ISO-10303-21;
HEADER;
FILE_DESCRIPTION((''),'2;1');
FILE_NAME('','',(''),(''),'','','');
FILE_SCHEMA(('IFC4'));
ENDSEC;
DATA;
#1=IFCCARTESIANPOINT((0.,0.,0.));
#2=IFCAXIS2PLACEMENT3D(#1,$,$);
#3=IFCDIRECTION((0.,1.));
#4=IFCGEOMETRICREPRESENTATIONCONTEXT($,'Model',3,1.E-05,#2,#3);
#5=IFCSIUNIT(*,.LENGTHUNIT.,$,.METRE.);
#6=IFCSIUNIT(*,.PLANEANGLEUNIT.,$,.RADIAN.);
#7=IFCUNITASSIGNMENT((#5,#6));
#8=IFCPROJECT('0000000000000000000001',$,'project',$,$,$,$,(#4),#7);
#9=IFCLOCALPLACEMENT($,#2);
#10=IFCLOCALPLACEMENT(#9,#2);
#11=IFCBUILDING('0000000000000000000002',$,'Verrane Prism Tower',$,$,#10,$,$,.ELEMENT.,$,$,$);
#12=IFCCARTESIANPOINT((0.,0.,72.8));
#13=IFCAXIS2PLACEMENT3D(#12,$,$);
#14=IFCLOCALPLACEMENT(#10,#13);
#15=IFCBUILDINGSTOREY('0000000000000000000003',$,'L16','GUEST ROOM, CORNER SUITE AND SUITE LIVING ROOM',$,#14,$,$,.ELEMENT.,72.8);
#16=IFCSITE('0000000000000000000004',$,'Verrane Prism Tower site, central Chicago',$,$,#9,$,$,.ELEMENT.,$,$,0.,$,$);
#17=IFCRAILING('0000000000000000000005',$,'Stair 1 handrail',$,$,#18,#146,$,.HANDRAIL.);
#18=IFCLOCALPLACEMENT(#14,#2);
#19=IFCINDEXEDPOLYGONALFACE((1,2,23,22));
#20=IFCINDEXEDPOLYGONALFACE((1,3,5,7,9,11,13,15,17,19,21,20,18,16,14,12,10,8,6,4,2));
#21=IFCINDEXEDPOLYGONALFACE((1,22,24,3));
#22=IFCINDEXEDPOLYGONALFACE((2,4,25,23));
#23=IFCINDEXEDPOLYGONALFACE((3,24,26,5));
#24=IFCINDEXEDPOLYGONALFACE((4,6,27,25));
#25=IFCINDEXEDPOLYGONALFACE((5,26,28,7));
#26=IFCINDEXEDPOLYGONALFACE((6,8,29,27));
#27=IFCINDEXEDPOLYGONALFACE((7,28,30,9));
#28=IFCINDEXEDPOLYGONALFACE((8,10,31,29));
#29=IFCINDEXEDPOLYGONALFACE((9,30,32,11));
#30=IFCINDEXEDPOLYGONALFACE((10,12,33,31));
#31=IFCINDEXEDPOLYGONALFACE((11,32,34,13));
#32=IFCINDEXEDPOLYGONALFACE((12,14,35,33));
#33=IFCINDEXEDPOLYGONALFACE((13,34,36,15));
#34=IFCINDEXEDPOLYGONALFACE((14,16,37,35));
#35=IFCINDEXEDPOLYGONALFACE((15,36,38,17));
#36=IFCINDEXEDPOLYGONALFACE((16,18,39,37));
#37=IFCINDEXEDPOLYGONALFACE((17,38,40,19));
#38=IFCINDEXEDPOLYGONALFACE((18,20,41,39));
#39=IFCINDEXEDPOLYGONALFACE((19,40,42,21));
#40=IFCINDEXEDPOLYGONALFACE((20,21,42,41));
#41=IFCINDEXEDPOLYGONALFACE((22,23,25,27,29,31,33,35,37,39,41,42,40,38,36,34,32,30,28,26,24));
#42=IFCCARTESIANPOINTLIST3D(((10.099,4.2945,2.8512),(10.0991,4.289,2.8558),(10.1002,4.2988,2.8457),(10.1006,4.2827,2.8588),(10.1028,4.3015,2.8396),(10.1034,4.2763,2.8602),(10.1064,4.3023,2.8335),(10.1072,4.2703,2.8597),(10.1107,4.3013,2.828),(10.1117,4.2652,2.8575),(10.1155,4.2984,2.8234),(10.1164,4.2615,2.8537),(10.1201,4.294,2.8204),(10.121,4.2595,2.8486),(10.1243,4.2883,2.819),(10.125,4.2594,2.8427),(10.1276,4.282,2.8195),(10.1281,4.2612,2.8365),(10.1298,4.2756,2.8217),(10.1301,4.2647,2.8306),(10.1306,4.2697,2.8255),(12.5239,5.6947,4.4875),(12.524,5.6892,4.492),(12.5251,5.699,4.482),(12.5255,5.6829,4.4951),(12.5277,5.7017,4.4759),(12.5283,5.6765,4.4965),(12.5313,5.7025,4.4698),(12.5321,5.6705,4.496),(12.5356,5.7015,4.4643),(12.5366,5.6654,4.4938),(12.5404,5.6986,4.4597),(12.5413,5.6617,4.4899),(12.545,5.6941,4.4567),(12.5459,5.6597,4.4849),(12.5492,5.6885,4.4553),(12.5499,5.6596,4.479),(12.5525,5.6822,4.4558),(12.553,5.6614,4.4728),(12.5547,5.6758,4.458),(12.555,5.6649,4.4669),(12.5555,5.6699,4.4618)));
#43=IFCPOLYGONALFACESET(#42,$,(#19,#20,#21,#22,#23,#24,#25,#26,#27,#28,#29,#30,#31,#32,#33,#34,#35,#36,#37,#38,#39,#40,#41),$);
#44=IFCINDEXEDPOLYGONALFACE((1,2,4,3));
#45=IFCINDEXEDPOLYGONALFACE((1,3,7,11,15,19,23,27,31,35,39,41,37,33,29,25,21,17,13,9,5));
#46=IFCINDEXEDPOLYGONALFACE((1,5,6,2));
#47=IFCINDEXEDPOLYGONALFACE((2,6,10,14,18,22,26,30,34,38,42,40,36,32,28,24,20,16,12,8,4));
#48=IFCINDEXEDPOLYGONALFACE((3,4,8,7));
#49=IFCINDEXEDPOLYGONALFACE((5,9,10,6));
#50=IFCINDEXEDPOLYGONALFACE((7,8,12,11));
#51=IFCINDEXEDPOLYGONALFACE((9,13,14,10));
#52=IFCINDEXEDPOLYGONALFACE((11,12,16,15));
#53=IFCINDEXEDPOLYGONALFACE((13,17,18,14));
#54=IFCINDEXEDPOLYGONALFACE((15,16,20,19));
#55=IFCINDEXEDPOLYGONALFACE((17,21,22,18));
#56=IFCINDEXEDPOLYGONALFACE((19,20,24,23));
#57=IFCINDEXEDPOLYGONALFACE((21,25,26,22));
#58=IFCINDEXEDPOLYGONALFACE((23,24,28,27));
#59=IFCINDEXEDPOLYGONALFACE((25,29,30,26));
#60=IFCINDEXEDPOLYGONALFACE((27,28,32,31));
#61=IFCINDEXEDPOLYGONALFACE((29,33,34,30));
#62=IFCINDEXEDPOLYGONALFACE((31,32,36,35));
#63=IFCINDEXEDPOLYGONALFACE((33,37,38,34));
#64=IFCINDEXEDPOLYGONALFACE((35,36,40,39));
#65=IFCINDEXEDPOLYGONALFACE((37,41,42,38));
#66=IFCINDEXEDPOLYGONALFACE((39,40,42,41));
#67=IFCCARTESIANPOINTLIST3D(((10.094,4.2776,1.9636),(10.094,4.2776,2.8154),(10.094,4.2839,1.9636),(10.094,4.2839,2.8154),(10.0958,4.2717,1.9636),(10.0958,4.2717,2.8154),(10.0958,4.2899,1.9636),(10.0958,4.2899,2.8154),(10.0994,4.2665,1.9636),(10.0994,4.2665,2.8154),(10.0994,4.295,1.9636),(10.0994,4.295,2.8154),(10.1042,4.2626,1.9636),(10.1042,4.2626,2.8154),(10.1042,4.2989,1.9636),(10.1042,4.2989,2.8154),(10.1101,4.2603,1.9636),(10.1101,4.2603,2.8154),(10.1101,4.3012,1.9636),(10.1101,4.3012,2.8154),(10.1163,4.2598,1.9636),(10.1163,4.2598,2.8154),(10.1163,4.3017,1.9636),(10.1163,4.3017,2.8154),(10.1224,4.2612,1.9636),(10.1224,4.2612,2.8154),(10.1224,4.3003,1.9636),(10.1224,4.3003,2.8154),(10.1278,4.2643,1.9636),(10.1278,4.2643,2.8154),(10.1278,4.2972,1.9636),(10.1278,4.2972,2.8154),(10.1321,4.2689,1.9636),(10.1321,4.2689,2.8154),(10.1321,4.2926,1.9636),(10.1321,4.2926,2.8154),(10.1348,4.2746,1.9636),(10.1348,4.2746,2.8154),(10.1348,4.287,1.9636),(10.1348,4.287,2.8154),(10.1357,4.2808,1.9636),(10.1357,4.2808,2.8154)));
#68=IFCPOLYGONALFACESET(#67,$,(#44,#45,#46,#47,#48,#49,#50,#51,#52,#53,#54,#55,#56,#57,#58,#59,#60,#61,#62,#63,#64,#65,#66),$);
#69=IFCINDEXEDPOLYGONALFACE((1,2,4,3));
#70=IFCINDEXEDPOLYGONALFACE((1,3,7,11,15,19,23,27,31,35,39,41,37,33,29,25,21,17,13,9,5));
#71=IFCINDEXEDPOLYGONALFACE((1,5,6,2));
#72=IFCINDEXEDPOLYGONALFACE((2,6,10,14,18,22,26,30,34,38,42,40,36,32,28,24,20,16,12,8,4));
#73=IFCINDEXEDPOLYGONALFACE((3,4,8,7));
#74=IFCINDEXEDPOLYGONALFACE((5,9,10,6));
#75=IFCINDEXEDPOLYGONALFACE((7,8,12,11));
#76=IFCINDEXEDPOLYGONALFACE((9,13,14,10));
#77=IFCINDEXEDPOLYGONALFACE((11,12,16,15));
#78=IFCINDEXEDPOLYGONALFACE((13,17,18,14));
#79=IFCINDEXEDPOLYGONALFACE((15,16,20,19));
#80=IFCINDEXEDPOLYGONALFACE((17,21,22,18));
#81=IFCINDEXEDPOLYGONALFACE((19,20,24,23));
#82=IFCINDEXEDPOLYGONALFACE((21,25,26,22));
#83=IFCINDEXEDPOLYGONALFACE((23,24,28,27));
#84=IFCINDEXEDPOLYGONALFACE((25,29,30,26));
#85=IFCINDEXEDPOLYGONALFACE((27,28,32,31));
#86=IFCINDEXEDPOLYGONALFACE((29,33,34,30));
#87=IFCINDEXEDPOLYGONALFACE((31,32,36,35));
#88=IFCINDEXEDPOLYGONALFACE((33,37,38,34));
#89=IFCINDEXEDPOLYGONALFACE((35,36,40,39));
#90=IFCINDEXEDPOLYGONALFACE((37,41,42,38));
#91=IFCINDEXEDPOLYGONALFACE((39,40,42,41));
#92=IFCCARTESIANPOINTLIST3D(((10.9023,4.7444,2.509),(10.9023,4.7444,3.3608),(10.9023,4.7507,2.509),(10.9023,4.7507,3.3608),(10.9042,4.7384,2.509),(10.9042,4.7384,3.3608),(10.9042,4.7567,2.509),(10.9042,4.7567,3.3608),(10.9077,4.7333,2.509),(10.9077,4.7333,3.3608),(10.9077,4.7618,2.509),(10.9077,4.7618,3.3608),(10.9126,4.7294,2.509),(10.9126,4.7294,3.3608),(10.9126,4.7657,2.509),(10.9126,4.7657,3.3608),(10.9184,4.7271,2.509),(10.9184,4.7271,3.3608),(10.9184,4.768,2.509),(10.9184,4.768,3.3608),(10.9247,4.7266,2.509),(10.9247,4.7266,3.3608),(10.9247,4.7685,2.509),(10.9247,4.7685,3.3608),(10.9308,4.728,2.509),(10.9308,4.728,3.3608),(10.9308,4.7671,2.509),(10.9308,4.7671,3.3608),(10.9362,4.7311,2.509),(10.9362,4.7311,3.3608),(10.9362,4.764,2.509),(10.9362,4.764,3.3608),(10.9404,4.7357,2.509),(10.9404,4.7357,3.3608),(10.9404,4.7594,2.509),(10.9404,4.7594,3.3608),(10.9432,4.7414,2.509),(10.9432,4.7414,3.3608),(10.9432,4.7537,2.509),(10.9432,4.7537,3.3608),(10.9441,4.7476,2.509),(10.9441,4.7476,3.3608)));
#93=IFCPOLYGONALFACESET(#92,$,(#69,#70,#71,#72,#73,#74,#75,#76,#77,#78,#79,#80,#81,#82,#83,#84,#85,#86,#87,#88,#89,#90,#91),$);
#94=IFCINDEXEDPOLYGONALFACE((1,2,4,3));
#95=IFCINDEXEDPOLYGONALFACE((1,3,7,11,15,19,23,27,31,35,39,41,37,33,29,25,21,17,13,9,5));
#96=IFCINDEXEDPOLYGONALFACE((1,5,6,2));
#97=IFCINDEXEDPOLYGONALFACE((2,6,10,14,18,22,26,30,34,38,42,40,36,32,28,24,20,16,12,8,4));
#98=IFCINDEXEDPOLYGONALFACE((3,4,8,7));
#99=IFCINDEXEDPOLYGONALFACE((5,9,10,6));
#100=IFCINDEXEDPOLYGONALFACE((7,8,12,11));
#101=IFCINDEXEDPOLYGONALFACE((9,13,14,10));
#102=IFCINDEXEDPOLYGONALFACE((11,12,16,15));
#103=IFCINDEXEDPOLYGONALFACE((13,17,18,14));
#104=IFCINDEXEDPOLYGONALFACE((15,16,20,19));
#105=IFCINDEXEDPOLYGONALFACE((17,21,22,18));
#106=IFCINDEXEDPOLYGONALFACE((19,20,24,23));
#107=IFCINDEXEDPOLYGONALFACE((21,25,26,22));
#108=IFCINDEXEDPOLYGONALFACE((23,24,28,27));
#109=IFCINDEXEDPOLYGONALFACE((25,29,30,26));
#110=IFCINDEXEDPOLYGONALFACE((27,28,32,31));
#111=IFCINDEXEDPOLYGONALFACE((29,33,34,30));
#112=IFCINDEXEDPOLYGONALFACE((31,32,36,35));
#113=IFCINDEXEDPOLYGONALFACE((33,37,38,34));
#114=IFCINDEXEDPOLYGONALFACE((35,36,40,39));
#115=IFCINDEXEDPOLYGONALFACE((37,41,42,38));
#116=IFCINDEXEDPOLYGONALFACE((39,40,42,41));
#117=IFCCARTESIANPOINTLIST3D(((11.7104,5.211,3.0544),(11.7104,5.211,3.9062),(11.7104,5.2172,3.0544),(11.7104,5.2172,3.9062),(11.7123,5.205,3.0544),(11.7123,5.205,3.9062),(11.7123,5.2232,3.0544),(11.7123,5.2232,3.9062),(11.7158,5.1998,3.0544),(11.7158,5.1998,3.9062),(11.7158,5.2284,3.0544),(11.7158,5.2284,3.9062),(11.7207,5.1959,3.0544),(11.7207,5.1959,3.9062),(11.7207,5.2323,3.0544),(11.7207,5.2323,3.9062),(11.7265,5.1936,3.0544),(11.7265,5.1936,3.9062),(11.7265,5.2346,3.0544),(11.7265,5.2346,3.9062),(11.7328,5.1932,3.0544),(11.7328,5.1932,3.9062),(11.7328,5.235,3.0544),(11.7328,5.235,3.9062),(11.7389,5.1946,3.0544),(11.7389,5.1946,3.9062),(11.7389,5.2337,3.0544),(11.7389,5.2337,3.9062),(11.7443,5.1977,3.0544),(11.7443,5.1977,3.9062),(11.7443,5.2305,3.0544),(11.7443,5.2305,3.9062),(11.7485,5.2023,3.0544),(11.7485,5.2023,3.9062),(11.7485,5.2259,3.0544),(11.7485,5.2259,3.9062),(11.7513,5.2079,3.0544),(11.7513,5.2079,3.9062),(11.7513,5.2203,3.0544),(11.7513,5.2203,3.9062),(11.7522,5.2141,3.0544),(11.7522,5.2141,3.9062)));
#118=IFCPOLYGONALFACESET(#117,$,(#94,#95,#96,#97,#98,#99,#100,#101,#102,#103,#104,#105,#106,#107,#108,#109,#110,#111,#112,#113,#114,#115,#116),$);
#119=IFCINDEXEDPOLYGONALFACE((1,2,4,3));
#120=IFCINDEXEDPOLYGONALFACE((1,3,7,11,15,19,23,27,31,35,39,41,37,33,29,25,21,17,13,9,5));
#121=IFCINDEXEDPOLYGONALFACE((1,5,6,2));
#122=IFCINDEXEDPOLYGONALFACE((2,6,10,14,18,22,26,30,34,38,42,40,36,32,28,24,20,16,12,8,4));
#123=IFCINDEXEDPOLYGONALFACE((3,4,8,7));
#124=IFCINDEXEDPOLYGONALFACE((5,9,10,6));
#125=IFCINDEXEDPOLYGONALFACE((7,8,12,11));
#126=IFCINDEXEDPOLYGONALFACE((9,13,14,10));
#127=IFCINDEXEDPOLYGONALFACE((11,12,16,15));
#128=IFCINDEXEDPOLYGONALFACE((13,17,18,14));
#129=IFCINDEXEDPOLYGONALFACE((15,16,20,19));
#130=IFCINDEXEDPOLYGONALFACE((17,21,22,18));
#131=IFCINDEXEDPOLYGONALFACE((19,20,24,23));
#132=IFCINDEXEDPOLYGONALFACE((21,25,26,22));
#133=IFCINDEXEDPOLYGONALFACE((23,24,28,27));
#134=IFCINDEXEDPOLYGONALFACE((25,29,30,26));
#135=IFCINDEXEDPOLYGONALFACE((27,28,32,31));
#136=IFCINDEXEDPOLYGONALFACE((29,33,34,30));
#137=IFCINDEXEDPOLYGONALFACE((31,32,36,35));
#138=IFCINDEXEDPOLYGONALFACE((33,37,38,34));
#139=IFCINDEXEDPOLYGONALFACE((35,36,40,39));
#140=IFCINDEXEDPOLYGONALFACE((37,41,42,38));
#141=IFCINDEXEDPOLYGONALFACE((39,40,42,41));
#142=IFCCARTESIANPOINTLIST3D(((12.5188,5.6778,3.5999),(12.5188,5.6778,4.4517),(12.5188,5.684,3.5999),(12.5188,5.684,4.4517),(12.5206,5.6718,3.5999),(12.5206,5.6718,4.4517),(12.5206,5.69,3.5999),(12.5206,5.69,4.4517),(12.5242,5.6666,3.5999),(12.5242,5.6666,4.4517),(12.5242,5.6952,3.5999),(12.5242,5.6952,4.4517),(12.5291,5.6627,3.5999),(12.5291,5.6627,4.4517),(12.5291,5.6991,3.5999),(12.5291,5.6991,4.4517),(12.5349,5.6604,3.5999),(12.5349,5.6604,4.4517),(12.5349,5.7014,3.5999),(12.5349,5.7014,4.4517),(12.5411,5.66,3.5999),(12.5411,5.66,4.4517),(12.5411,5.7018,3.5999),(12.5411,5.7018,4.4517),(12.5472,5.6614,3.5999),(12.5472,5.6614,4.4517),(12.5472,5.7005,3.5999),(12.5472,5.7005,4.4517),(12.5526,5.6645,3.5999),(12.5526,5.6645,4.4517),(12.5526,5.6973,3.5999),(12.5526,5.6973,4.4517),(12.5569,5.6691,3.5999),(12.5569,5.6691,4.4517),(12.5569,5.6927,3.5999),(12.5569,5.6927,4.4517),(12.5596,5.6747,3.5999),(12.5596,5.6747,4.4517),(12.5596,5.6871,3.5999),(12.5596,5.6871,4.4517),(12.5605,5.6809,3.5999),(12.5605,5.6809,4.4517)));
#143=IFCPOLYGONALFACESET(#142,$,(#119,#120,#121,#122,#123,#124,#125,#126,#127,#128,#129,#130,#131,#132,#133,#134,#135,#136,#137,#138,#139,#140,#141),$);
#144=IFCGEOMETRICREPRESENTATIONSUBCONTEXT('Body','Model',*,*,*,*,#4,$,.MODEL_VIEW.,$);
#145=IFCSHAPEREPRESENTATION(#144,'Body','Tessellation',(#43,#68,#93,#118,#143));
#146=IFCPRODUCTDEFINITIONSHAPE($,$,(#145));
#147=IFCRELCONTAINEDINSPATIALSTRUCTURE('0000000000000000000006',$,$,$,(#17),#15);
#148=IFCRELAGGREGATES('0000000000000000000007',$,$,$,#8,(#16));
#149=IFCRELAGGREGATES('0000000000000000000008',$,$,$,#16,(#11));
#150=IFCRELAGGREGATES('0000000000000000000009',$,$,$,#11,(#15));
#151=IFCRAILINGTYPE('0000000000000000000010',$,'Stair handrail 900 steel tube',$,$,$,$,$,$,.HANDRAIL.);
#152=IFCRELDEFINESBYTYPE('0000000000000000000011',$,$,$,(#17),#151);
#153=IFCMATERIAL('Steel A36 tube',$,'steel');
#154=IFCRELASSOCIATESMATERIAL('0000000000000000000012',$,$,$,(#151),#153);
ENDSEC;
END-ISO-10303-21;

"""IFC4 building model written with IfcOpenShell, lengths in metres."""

from ifc_helpers import new_model, si_unit, direction, frame, origin, origin_2d, place, context, subcontext, project, spatial, circle, extrude, material, type_object, element, save


model = new_model("IFC4")

# Units and contexts
model_context = context("Model", 3, precision=1e-05, world=origin(), true_north=direction((0.0, 1.0)))
body_context = subcontext(model_context, "Body", "Model", "MODEL_VIEW")
ifc_project = project(units=[si_unit("LENGTHUNIT", "METRE"), si_unit("PLANEANGLEUNIT", "RADIAN")], contexts=[model_context])

# Site, building, storey
site_placement = place(None, origin())
site = spatial("IfcSite", under=ifc_project, at=site_placement, Name="Verrane Prism Tower site, central Chicago", CompositionType="ELEMENT", RefElevation=0.0)
building_placement = place(site_placement, origin())
building = spatial("IfcBuilding", under=site, at=building_placement, Name="Verrane Prism Tower", CompositionType="ELEMENT")
storey_placement = place(building_placement, frame((0.0, 0.0, 72.8)))
storey = spatial("IfcBuildingStorey", under=building, at=storey_placement, Name="L16", Description="GUEST ROOM, CORNER SUITE AND SUITE LIVING ROOM", CompositionType="ELEMENT", Elevation=72.8)

# Railing
ifc_material_1 = material(Name="Steel A36 tube", Category="steel")
railing_type_1 = type_object("IfcRailingType", Name="Stair handrail 900 steel tube", PredefinedType="HANDRAIL", material=ifc_material_1)
railing_1_placement = place(storey_placement, frame((10.1147, 4.2808, 1.9636)))
element("IfcRailing", 1, at=railing_1_placement, inside=storey, type_object=railing_type_1, Name="Stair 1 handrail", PredefinedType="HANDRAIL", context=body_context, shape_type="SweptSolid", body=[
    extrude(circle(Radius=0.0239, at=origin_2d()), frame((0.0, 0.0, 0.876), z_axis=(0.747694, 0.431738, 0.504535), x_axis=(-0.50005, 0.865997, 0.0)), (0.0, 0.0, 1.0), 3.2432),
    extrude(circle(Radius=0.021, at=origin_2d()), origin(), (0.0, 0.0, 1.0), 0.8518),
    extrude(circle(Radius=0.021, at=origin_2d()), frame((0.8083, 0.4668, 0.5454)), (0.0, 0.0, 1.0), 0.8518),
    extrude(circle(Radius=0.021, at=origin_2d()), frame((1.6165, 0.9333, 1.0908)), (0.0, 0.0, 1.0), 0.8518),
    extrude(circle(Radius=0.021, at=origin_2d()), frame((2.4248, 1.4001, 1.6362)), (0.0, 0.0, 1.0), 0.8518),
])

save(model, "model.ifc")
